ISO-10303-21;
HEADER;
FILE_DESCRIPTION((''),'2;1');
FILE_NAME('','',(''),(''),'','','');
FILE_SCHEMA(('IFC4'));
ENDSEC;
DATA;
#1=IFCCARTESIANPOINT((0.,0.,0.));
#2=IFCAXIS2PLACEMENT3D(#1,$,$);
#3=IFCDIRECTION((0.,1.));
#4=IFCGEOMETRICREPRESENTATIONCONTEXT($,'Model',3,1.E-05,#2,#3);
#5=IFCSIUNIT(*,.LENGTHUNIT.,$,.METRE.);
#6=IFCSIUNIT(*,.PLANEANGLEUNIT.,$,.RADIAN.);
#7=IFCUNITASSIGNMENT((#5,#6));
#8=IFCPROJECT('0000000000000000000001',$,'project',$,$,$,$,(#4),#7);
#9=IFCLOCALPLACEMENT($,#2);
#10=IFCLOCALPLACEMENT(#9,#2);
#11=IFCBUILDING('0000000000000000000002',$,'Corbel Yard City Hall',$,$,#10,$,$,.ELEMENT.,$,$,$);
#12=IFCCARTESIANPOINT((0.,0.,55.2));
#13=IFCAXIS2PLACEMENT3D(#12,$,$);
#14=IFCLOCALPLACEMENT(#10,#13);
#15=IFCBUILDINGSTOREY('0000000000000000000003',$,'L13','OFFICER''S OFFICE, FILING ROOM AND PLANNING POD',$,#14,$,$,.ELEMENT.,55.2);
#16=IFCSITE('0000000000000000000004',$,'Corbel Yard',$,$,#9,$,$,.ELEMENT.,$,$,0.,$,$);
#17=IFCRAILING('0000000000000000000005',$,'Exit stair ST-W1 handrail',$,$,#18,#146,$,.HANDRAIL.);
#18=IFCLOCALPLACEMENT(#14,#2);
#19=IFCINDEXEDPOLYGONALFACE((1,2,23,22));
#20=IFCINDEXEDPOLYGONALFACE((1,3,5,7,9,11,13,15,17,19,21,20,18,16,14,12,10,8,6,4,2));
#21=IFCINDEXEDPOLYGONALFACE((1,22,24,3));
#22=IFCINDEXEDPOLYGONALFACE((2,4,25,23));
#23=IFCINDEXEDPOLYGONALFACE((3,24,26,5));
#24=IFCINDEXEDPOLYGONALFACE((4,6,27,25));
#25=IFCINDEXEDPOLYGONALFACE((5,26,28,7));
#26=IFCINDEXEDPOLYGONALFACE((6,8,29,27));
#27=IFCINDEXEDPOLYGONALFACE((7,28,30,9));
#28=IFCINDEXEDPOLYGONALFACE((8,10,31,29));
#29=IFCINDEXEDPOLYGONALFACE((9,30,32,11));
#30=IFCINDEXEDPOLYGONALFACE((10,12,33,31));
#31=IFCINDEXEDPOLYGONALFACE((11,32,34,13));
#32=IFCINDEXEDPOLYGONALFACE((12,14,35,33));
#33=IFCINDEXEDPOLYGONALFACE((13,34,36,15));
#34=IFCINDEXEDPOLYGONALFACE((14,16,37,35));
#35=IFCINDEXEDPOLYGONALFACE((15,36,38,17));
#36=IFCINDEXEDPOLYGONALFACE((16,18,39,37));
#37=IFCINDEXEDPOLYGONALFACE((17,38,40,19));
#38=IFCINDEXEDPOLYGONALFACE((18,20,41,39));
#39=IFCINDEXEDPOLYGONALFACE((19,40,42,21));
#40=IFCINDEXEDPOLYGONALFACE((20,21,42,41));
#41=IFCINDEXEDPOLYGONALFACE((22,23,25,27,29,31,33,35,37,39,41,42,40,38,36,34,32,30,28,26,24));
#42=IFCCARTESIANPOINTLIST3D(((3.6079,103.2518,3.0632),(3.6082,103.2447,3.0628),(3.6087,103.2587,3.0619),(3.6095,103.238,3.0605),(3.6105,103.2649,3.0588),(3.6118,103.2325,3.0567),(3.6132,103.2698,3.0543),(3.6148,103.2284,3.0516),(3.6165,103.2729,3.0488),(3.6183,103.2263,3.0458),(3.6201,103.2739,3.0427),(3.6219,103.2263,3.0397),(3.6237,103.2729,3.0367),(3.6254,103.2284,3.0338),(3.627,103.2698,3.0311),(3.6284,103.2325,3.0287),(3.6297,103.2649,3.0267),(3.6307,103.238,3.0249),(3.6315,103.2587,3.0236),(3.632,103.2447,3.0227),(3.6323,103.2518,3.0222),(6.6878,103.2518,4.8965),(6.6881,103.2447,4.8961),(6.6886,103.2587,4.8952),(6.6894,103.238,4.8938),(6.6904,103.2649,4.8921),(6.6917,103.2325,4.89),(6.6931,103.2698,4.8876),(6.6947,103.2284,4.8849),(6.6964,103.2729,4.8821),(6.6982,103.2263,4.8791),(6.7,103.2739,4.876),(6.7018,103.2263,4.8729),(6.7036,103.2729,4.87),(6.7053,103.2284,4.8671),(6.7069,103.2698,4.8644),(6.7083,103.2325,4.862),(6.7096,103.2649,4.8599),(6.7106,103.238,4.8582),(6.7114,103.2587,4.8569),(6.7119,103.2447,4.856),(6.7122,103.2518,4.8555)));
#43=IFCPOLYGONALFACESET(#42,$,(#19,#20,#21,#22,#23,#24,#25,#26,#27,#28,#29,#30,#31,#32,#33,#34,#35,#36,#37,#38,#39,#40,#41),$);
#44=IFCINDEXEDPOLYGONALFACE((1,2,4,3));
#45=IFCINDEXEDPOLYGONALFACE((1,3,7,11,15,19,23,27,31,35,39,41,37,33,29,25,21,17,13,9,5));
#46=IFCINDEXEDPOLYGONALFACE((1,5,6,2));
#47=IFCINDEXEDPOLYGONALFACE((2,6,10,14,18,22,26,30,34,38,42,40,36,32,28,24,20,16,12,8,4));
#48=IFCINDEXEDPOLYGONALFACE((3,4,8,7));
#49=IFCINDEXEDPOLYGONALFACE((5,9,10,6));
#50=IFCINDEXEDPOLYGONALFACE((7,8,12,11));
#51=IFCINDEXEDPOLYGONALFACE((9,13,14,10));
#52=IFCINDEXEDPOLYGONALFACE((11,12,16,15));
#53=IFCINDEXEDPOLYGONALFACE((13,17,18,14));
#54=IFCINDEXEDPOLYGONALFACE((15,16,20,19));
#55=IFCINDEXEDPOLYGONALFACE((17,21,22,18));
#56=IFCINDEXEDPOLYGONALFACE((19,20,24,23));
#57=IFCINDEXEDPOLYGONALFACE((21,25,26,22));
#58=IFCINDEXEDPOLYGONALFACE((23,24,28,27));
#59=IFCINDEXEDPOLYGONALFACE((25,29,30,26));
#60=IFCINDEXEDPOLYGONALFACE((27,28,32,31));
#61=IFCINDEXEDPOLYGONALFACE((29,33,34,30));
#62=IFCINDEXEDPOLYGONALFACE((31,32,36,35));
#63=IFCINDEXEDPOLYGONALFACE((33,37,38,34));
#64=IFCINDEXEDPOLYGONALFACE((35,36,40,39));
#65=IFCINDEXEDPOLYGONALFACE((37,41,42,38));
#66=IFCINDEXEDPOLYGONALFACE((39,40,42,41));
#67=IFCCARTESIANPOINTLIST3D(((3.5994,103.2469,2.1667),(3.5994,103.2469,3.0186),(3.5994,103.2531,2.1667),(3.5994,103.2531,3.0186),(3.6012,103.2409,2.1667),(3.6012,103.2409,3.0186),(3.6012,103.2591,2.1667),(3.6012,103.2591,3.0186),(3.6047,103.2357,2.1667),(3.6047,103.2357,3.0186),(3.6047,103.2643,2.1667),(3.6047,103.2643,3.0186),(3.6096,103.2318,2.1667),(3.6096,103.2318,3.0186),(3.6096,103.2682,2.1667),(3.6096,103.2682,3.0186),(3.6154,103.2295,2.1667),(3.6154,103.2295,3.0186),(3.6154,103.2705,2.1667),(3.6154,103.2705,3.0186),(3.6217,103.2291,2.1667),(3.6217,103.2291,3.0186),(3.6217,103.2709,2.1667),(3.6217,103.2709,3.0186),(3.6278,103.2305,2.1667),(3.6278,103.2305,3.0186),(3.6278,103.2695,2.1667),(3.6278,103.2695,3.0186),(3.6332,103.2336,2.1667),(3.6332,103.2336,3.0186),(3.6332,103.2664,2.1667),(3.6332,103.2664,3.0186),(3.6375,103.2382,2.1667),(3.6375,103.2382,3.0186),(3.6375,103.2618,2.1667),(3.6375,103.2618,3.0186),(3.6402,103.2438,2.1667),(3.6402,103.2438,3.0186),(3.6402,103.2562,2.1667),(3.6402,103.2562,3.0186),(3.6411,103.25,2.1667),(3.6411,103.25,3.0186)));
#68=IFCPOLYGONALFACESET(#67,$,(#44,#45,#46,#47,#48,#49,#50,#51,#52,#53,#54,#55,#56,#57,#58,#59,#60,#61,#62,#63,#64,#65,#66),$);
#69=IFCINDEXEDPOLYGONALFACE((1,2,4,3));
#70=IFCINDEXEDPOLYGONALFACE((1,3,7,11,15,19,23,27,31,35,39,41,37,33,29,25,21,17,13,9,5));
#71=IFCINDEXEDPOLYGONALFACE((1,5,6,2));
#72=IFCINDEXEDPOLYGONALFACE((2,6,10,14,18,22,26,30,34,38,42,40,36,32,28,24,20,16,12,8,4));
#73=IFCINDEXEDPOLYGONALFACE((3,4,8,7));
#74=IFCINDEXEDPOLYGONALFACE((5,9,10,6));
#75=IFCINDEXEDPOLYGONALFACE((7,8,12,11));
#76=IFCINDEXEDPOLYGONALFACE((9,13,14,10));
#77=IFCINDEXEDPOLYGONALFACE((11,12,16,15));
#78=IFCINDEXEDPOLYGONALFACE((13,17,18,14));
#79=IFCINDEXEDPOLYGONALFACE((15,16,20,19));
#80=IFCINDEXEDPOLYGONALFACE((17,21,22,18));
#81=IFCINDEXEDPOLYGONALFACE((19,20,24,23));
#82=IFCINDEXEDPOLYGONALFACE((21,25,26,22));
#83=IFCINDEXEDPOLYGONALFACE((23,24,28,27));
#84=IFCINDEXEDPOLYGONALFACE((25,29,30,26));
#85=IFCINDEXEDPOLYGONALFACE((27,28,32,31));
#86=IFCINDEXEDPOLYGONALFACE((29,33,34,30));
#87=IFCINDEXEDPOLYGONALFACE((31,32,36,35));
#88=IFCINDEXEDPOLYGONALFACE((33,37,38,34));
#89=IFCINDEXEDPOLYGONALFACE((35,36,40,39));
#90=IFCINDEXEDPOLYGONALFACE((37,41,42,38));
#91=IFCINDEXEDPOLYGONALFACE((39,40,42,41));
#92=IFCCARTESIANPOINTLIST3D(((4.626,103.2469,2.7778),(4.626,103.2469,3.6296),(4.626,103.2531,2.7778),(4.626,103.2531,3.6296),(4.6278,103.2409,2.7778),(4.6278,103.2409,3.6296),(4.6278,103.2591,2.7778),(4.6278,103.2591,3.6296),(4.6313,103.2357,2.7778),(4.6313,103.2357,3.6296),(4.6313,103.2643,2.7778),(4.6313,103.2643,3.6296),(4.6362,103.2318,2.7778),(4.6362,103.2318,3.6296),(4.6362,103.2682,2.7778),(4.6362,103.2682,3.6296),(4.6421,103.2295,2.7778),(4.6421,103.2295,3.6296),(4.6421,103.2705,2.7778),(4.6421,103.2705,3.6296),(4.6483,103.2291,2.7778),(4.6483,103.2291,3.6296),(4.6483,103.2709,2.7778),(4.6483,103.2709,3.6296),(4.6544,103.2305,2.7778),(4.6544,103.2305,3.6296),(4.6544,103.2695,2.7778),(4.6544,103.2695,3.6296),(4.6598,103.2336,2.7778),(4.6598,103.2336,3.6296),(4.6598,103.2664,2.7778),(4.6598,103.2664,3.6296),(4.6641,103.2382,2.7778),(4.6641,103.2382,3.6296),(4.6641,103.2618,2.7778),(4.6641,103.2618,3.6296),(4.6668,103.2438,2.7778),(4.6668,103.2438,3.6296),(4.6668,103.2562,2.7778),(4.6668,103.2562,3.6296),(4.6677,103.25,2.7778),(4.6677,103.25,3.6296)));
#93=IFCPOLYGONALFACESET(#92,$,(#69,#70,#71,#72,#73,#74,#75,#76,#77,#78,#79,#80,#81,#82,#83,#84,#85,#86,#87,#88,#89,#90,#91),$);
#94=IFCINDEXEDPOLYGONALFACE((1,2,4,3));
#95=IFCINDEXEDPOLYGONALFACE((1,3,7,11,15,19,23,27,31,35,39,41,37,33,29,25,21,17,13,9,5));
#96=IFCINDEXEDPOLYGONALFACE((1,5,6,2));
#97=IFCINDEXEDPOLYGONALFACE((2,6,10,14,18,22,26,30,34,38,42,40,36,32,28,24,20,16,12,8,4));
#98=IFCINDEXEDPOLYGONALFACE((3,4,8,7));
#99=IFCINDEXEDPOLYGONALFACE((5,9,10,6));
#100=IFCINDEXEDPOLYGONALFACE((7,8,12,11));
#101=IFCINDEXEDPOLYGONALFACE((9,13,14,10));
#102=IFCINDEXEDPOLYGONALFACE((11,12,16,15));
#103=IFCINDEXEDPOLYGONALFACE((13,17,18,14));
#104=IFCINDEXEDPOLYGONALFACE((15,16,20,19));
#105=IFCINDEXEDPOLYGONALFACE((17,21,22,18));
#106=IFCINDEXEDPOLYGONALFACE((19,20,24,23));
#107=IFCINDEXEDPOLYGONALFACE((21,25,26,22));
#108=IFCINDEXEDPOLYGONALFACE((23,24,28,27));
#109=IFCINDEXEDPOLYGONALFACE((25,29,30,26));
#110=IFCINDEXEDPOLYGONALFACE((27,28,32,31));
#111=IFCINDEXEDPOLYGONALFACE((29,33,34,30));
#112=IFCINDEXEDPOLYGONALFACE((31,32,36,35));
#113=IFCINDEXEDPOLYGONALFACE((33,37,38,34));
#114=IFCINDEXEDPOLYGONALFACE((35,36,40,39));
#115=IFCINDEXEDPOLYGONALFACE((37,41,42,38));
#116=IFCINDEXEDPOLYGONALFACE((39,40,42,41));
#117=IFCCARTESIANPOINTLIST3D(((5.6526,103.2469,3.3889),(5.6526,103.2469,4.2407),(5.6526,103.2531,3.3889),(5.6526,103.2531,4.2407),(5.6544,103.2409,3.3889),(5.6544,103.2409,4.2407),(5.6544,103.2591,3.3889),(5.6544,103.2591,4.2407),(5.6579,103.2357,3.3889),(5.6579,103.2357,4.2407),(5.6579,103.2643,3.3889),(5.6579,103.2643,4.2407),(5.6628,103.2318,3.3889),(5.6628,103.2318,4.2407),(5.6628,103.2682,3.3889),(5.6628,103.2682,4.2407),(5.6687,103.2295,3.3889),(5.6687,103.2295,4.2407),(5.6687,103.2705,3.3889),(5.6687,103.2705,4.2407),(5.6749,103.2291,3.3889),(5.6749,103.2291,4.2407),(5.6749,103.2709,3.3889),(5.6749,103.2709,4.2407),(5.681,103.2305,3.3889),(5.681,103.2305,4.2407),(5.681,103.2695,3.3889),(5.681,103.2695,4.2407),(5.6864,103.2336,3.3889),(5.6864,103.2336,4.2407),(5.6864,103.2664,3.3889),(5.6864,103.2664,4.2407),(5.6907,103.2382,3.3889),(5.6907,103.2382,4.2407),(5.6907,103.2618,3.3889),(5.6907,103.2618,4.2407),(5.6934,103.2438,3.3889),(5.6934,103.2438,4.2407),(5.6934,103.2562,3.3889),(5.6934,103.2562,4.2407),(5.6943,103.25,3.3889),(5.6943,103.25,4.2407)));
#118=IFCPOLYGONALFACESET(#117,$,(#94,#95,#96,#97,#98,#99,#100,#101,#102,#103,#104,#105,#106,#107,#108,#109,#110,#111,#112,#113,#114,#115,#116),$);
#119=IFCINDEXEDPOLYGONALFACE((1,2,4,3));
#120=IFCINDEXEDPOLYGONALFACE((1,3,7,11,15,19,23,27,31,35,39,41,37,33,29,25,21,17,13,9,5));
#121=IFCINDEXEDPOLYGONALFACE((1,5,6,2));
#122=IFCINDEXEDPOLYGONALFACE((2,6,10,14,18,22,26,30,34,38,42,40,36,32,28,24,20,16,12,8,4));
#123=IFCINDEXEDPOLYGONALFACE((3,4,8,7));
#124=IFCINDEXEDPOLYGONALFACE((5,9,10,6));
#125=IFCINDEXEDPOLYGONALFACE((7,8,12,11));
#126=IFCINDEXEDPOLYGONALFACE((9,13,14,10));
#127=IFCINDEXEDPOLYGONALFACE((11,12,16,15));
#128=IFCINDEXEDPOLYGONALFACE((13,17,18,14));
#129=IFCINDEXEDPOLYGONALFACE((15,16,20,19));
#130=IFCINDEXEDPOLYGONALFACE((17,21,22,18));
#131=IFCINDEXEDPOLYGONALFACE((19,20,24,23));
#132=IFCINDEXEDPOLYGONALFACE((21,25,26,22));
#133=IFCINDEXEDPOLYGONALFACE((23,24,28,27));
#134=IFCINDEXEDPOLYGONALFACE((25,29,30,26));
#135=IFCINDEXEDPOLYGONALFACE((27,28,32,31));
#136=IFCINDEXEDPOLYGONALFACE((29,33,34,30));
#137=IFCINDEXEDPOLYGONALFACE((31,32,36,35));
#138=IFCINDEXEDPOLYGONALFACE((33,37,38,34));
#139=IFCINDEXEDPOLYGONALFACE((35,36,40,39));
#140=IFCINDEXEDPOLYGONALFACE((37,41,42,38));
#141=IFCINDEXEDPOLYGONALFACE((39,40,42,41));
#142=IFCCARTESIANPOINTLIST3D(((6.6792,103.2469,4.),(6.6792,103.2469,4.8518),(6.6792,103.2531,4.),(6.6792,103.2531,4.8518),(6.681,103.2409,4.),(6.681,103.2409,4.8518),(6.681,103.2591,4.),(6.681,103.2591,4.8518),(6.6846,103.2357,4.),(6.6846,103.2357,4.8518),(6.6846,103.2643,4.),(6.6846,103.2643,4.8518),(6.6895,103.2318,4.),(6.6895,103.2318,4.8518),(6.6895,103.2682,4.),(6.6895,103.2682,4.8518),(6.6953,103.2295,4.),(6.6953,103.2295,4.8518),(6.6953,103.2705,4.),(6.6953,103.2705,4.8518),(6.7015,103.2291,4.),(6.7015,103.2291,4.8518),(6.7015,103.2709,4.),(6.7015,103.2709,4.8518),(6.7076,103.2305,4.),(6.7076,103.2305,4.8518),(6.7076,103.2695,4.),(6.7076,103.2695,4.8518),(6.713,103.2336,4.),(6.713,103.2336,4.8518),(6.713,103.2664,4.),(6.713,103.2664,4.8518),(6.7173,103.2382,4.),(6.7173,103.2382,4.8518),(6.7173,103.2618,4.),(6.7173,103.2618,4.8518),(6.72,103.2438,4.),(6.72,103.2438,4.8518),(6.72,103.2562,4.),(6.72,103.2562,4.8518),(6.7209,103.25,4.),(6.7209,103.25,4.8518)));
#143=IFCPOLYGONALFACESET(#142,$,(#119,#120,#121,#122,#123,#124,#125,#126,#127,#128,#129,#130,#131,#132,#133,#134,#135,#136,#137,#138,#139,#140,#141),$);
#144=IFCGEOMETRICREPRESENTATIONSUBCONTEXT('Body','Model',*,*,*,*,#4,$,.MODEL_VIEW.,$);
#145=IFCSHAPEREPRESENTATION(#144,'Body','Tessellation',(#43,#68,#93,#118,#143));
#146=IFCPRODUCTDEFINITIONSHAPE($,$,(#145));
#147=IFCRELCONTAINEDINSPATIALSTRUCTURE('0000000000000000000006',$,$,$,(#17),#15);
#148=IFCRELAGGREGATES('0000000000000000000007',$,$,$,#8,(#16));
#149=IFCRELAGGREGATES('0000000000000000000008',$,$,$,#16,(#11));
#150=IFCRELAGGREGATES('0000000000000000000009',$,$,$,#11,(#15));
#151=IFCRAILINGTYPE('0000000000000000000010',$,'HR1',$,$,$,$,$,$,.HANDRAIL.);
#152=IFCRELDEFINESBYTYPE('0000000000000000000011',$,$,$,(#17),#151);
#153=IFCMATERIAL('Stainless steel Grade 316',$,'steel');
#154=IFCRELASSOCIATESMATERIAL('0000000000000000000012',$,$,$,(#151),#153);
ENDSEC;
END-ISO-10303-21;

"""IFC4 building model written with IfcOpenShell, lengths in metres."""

from ifc_helpers import new_model, si_unit, direction, frame, origin, origin_2d, place, context, subcontext, project, spatial, circle, extrude, material, type_object, element, save


model = new_model("IFC4")

# Units and contexts
model_context = context("Model", 3, precision=1e-05, world=origin(), true_north=direction((0.0, 1.0)))
body_context = subcontext(model_context, "Body", "Model", "MODEL_VIEW")
ifc_project = project(units=[si_unit("LENGTHUNIT", "METRE"), si_unit("PLANEANGLEUNIT", "RADIAN")], contexts=[model_context])

# Site, building, storey
site_placement = place(None, origin())
site = spatial("IfcSite", under=ifc_project, at=site_placement, Name="Corbel Yard", CompositionType="ELEMENT", RefElevation=0.0)
building_placement = place(site_placement, origin())
building = spatial("IfcBuilding", under=site, at=building_placement, Name="Corbel Yard City Hall", CompositionType="ELEMENT")
storey_placement = place(building_placement, frame((0.0, 0.0, 55.2)))
storey = spatial("IfcBuildingStorey", under=building, at=storey_placement, Name="L13", Description="OFFICER'S OFFICE, FILING ROOM AND PLANNING POD", CompositionType="ELEMENT", Elevation=55.2)

# Railing
ifc_material_1 = material(Name="Stainless steel Grade 316", Category="steel")
railing_type = type_object("IfcRailingType", Name="HR1", PredefinedType="HANDRAIL", material=ifc_material_1)
for number, where, name in (
    (1, (3.6201, 103.25, 2.1667), "Exit stair ST-W1 handrail"),
):
    element("IfcRailing", number, at=place(storey_placement, frame(where)), inside=storey, type_object=railing_type, Name=name, PredefinedType="HANDRAIL", context=body_context, shape_type="SweptSolid", body=[
        extrude(circle(Radius=0.0239, at=origin_2d()), frame((0.0, 0.0, 0.876), z_axis=(0.859291, 0.0, 0.511487), x_axis=(0.0, 1.0, 0.0)), (0.0, 0.0, 1.0), 3.5842),
        extrude(circle(Radius=0.021, at=origin_2d()), origin(), (0.0, 0.0, 1.0), 0.8518),
        extrude(circle(Radius=0.021, at=origin_2d()), frame((1.0266, 0.0, 0.6111)), (0.0, 0.0, 1.0), 0.8518),
        extrude(circle(Radius=0.021, at=origin_2d()), frame((2.0532, 0.0, 1.2222)), (0.0, 0.0, 1.0), 0.8518),
        extrude(circle(Radius=0.021, at=origin_2d()), frame((3.0798, 0.0, 1.8333)), (0.0, 0.0, 1.0), 0.8518),
    ])

save(model, "model.ifc")
